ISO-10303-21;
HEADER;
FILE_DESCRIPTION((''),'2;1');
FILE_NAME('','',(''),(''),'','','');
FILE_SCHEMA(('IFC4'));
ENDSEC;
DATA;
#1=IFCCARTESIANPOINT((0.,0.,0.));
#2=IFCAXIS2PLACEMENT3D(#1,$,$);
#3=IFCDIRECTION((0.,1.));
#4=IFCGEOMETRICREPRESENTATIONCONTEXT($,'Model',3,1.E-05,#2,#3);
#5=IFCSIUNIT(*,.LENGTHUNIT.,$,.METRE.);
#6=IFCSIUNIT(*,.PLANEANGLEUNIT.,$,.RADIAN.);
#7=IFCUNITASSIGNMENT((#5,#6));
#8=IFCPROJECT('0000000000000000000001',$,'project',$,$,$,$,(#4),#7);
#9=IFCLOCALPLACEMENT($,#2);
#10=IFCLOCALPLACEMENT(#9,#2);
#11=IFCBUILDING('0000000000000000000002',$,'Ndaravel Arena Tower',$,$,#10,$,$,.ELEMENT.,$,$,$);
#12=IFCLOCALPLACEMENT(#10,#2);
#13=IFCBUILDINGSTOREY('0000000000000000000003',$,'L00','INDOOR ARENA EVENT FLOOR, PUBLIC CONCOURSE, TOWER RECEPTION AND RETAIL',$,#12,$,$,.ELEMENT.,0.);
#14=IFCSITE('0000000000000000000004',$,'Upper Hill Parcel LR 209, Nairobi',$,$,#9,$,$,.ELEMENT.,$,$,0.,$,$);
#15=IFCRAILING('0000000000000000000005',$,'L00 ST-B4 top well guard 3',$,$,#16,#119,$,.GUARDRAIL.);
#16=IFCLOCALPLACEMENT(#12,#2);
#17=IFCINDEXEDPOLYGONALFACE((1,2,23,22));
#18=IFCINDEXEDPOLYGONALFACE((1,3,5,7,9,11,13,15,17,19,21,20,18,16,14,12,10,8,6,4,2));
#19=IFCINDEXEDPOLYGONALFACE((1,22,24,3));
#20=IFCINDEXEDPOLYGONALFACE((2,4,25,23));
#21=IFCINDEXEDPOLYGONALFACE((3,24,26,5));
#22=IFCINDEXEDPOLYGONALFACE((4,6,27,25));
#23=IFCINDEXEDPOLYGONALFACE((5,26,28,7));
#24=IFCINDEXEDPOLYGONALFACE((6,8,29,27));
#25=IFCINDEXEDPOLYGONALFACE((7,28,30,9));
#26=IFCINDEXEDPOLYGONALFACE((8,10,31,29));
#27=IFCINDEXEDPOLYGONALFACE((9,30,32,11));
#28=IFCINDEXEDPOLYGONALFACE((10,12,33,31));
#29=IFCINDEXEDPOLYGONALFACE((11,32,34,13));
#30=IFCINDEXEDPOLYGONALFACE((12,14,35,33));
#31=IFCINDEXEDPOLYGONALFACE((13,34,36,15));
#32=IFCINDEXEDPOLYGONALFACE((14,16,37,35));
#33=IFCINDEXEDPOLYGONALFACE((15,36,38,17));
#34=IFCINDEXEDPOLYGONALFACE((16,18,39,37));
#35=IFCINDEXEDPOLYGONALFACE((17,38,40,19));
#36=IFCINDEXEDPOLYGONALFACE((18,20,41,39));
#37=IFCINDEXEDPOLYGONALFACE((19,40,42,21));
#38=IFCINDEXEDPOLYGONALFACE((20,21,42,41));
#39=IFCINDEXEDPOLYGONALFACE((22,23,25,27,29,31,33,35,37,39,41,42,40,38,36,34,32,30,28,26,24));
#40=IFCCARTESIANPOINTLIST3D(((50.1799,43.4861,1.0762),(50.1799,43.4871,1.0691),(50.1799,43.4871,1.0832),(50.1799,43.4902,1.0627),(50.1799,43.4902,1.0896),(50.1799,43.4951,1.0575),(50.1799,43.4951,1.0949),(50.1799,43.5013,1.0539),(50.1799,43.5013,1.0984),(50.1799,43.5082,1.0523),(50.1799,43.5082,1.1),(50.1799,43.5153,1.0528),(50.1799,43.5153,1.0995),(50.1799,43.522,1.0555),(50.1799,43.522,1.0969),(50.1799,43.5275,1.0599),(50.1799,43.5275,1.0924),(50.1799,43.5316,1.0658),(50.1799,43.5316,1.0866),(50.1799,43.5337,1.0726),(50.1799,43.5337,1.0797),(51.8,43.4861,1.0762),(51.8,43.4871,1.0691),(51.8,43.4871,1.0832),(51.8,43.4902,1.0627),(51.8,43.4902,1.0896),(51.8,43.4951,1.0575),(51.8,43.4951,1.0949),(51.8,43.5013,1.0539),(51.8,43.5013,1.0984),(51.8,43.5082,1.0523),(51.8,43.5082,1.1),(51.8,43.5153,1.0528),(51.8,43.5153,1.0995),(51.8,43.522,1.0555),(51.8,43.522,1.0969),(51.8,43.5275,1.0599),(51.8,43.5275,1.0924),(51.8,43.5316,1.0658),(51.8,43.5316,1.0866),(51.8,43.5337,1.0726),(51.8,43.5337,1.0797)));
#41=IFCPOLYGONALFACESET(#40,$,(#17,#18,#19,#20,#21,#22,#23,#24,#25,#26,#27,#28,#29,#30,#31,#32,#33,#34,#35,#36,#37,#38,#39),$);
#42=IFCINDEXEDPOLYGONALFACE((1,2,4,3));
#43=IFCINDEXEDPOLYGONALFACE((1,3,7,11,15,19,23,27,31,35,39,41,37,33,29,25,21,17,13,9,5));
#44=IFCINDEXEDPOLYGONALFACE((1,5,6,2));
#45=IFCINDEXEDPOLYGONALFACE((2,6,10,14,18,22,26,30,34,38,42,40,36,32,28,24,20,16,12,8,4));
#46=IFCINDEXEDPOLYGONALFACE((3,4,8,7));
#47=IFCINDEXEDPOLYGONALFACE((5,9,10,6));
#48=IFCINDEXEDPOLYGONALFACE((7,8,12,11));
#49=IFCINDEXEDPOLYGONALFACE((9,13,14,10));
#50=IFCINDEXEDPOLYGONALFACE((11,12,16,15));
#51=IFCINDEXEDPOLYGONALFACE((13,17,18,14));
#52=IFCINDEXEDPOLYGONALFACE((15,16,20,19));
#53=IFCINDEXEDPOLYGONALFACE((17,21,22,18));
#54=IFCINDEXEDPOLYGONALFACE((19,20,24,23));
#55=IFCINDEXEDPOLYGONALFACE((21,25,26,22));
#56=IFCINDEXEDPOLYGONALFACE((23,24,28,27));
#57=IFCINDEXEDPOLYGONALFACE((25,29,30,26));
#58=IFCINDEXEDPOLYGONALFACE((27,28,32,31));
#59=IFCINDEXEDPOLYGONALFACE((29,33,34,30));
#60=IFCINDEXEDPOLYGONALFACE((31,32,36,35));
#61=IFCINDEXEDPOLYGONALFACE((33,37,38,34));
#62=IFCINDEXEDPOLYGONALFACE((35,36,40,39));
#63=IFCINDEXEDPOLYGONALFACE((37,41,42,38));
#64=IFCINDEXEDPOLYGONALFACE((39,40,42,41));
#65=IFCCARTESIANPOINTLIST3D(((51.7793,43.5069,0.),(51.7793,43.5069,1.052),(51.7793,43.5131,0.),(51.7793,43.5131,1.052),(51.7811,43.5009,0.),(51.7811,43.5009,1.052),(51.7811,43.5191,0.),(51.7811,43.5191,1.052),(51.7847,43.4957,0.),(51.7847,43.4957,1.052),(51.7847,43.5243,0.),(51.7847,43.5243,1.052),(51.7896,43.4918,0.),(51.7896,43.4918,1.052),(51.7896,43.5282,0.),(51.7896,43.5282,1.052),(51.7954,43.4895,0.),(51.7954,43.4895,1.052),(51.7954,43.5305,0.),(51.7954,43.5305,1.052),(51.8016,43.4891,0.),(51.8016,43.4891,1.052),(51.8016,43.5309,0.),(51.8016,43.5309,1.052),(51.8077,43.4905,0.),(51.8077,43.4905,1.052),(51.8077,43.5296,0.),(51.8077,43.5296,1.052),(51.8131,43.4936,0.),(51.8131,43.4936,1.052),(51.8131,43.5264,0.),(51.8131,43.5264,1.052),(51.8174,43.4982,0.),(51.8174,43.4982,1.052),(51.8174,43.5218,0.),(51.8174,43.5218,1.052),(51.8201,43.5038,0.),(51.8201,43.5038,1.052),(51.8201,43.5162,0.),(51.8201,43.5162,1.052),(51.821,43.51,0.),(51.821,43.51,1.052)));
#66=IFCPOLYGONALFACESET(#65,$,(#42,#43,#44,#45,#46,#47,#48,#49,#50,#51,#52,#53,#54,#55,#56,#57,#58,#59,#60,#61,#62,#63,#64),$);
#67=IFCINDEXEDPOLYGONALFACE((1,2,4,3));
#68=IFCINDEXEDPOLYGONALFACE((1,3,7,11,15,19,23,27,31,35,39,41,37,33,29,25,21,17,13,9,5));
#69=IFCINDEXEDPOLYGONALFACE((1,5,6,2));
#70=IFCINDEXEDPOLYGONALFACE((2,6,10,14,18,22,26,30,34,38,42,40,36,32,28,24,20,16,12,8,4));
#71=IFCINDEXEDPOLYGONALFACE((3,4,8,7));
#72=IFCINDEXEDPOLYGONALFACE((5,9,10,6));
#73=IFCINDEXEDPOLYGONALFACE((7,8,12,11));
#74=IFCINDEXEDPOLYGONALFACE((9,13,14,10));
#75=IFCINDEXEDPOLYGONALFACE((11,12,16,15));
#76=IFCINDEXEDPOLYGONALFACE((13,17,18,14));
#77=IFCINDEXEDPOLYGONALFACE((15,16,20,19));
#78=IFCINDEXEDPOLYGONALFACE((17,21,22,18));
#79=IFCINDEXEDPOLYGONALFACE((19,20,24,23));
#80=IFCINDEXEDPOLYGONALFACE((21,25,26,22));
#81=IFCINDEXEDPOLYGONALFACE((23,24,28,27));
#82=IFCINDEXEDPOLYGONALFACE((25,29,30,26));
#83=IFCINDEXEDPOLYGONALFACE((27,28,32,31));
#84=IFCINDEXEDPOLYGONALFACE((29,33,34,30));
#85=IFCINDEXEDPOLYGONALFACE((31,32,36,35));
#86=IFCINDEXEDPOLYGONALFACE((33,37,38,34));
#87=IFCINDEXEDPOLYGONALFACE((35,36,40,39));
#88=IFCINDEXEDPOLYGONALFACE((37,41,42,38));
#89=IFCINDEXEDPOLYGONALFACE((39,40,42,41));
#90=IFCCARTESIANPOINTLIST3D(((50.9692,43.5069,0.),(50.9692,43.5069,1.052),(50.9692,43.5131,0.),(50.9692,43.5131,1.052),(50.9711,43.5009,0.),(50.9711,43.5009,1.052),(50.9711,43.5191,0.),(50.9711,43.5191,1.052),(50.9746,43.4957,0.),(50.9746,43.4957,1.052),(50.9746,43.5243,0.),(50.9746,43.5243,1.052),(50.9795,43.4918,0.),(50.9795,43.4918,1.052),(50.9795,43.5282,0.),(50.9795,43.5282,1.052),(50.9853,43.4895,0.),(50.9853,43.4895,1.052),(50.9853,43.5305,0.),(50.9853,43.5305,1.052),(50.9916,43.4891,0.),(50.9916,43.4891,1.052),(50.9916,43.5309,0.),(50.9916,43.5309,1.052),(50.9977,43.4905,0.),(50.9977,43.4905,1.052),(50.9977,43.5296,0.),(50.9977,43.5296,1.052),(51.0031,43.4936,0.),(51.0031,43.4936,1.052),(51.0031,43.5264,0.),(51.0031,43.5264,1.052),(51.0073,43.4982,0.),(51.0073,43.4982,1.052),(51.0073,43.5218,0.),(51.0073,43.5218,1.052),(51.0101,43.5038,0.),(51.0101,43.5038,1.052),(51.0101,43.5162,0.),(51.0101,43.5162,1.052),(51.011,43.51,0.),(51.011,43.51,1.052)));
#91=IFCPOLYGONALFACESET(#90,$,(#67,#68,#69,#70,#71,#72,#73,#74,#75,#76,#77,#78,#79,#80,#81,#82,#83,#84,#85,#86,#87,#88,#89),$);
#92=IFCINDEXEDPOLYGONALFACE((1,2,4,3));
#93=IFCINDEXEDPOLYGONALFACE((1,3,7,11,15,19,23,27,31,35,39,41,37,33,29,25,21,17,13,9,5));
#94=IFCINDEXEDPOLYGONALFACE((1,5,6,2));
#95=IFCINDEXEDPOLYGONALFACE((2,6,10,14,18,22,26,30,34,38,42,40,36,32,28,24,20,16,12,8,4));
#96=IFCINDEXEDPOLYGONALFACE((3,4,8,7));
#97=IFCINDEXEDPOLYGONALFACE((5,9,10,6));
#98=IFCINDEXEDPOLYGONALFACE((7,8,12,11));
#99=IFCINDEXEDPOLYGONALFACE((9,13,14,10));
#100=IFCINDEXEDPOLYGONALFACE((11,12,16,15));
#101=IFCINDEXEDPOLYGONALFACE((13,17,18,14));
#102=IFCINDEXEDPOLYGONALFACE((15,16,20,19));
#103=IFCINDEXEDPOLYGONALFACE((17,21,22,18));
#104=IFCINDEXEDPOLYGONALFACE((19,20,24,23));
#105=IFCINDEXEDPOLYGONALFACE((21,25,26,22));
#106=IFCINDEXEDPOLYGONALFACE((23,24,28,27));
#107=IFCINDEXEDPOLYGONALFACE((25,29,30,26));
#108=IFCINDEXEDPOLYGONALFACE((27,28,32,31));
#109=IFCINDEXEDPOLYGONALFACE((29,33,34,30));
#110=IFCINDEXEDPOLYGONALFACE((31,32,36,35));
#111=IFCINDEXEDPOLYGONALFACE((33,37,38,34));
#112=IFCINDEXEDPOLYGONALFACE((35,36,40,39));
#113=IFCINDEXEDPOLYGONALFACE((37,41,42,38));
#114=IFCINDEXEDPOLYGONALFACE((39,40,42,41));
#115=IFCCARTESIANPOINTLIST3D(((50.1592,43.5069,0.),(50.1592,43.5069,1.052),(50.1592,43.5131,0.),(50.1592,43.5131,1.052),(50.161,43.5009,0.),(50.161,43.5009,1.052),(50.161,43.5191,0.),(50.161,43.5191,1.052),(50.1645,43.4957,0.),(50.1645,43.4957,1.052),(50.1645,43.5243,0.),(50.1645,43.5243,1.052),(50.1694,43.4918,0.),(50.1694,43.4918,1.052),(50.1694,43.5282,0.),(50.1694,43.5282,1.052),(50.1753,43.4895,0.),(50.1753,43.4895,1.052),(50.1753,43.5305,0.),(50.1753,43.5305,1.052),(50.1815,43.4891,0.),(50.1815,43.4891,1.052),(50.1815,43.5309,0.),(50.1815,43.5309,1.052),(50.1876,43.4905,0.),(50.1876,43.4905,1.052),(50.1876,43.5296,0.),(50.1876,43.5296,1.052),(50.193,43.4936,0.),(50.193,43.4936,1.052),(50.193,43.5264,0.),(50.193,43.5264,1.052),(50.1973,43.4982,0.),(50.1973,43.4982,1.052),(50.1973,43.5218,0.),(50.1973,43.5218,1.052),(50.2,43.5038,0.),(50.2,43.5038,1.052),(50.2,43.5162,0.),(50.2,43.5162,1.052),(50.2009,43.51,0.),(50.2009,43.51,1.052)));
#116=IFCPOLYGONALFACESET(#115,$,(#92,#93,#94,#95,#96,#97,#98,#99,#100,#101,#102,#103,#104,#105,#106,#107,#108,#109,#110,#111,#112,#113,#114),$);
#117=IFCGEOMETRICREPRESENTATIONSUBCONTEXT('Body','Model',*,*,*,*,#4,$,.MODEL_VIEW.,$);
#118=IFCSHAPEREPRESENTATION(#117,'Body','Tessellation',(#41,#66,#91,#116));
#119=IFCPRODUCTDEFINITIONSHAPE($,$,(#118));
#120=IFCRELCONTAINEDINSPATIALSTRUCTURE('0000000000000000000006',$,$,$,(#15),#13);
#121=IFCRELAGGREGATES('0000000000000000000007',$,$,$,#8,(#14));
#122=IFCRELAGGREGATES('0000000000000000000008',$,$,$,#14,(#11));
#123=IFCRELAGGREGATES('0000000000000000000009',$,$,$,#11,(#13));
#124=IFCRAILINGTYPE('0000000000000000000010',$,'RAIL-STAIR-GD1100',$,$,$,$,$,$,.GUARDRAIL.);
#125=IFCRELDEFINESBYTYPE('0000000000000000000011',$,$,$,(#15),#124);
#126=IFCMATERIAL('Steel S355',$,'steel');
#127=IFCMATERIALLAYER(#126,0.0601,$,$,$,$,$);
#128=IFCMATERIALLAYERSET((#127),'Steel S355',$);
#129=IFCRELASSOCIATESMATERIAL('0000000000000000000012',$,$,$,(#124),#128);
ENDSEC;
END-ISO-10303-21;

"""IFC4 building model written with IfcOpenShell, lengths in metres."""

from ifc_helpers import new_model, si_unit, direction, frame, origin, origin_2d, place, context, subcontext, project, spatial, circle, extrude, material, layer, layer_set, type_object, element, save


model = new_model("IFC4")

# Units and contexts
model_context = context("Model", 3, precision=1e-05, world=origin(), true_north=direction((0.0, 1.0)))
body_context = subcontext(model_context, "Body", "Model", "MODEL_VIEW")
ifc_project = project(units=[si_unit("LENGTHUNIT", "METRE"), si_unit("PLANEANGLEUNIT", "RADIAN")], contexts=[model_context])

# Site, building, storey
site_placement = place(None, origin())
site = spatial("IfcSite", under=ifc_project, at=site_placement, Name="Upper Hill Parcel LR 209, Nairobi", CompositionType="ELEMENT", RefElevation=0.0)
building_placement = place(site_placement, origin())
building = spatial("IfcBuilding", under=site, at=building_placement, Name="Ndaravel Arena Tower", CompositionType="ELEMENT")
storey_placement = place(building_placement, origin())
storey = spatial("IfcBuildingStorey", under=building, at=storey_placement, Name="L00", Description="INDOOR ARENA EVENT FLOOR, PUBLIC CONCOURSE, TOWER RECEPTION AND RETAIL", CompositionType="ELEMENT", Elevation=0.0)

# Railing
ifc_material_1 = material(Name="Steel S355", Category="steel")
ifc_layer_1 = layer(ifc_material_1, 0.0601)
ifc_layer_set_1 = layer_set([ifc_layer_1], Name="Steel S355")
railing_type = type_object("IfcRailingType", Name="RAIL-STAIR-GD1100", PredefinedType="GUARDRAIL", material=ifc_layer_set_1)
for number, where, name in (
    (1, (51.8, 43.51, 0.0), "L00 ST-B4 top well guard 3"),
):
    element("IfcRailing", number, at=place(storey_placement, frame(where)), inside=storey, type_object=railing_type, Name=name, PredefinedType="GUARDRAIL", context=body_context, shape_type="SweptSolid", body=[
        extrude(circle(Radius=0.0239, at=origin_2d()), frame((0.0, 0.0, 1.0762), z_axis=(-1.0, 0.0, 0.0), x_axis=(0.0, -1.0, 0.0)), (0.0, 0.0, 1.0), 1.6201),
        extrude(circle(Radius=0.021, at=origin_2d()), origin(), (0.0, 0.0, 1.0), 1.052),
        extrude(circle(Radius=0.021, at=origin_2d()), frame((-0.8101, 0.0, 0.0)), (0.0, 0.0, 1.0), 1.052),
        extrude(circle(Radius=0.021, at=origin_2d()), frame((-1.6201, 0.0, 0.0)), (0.0, 0.0, 1.0), 1.052),
    ])

save(model, "model.ifc")
